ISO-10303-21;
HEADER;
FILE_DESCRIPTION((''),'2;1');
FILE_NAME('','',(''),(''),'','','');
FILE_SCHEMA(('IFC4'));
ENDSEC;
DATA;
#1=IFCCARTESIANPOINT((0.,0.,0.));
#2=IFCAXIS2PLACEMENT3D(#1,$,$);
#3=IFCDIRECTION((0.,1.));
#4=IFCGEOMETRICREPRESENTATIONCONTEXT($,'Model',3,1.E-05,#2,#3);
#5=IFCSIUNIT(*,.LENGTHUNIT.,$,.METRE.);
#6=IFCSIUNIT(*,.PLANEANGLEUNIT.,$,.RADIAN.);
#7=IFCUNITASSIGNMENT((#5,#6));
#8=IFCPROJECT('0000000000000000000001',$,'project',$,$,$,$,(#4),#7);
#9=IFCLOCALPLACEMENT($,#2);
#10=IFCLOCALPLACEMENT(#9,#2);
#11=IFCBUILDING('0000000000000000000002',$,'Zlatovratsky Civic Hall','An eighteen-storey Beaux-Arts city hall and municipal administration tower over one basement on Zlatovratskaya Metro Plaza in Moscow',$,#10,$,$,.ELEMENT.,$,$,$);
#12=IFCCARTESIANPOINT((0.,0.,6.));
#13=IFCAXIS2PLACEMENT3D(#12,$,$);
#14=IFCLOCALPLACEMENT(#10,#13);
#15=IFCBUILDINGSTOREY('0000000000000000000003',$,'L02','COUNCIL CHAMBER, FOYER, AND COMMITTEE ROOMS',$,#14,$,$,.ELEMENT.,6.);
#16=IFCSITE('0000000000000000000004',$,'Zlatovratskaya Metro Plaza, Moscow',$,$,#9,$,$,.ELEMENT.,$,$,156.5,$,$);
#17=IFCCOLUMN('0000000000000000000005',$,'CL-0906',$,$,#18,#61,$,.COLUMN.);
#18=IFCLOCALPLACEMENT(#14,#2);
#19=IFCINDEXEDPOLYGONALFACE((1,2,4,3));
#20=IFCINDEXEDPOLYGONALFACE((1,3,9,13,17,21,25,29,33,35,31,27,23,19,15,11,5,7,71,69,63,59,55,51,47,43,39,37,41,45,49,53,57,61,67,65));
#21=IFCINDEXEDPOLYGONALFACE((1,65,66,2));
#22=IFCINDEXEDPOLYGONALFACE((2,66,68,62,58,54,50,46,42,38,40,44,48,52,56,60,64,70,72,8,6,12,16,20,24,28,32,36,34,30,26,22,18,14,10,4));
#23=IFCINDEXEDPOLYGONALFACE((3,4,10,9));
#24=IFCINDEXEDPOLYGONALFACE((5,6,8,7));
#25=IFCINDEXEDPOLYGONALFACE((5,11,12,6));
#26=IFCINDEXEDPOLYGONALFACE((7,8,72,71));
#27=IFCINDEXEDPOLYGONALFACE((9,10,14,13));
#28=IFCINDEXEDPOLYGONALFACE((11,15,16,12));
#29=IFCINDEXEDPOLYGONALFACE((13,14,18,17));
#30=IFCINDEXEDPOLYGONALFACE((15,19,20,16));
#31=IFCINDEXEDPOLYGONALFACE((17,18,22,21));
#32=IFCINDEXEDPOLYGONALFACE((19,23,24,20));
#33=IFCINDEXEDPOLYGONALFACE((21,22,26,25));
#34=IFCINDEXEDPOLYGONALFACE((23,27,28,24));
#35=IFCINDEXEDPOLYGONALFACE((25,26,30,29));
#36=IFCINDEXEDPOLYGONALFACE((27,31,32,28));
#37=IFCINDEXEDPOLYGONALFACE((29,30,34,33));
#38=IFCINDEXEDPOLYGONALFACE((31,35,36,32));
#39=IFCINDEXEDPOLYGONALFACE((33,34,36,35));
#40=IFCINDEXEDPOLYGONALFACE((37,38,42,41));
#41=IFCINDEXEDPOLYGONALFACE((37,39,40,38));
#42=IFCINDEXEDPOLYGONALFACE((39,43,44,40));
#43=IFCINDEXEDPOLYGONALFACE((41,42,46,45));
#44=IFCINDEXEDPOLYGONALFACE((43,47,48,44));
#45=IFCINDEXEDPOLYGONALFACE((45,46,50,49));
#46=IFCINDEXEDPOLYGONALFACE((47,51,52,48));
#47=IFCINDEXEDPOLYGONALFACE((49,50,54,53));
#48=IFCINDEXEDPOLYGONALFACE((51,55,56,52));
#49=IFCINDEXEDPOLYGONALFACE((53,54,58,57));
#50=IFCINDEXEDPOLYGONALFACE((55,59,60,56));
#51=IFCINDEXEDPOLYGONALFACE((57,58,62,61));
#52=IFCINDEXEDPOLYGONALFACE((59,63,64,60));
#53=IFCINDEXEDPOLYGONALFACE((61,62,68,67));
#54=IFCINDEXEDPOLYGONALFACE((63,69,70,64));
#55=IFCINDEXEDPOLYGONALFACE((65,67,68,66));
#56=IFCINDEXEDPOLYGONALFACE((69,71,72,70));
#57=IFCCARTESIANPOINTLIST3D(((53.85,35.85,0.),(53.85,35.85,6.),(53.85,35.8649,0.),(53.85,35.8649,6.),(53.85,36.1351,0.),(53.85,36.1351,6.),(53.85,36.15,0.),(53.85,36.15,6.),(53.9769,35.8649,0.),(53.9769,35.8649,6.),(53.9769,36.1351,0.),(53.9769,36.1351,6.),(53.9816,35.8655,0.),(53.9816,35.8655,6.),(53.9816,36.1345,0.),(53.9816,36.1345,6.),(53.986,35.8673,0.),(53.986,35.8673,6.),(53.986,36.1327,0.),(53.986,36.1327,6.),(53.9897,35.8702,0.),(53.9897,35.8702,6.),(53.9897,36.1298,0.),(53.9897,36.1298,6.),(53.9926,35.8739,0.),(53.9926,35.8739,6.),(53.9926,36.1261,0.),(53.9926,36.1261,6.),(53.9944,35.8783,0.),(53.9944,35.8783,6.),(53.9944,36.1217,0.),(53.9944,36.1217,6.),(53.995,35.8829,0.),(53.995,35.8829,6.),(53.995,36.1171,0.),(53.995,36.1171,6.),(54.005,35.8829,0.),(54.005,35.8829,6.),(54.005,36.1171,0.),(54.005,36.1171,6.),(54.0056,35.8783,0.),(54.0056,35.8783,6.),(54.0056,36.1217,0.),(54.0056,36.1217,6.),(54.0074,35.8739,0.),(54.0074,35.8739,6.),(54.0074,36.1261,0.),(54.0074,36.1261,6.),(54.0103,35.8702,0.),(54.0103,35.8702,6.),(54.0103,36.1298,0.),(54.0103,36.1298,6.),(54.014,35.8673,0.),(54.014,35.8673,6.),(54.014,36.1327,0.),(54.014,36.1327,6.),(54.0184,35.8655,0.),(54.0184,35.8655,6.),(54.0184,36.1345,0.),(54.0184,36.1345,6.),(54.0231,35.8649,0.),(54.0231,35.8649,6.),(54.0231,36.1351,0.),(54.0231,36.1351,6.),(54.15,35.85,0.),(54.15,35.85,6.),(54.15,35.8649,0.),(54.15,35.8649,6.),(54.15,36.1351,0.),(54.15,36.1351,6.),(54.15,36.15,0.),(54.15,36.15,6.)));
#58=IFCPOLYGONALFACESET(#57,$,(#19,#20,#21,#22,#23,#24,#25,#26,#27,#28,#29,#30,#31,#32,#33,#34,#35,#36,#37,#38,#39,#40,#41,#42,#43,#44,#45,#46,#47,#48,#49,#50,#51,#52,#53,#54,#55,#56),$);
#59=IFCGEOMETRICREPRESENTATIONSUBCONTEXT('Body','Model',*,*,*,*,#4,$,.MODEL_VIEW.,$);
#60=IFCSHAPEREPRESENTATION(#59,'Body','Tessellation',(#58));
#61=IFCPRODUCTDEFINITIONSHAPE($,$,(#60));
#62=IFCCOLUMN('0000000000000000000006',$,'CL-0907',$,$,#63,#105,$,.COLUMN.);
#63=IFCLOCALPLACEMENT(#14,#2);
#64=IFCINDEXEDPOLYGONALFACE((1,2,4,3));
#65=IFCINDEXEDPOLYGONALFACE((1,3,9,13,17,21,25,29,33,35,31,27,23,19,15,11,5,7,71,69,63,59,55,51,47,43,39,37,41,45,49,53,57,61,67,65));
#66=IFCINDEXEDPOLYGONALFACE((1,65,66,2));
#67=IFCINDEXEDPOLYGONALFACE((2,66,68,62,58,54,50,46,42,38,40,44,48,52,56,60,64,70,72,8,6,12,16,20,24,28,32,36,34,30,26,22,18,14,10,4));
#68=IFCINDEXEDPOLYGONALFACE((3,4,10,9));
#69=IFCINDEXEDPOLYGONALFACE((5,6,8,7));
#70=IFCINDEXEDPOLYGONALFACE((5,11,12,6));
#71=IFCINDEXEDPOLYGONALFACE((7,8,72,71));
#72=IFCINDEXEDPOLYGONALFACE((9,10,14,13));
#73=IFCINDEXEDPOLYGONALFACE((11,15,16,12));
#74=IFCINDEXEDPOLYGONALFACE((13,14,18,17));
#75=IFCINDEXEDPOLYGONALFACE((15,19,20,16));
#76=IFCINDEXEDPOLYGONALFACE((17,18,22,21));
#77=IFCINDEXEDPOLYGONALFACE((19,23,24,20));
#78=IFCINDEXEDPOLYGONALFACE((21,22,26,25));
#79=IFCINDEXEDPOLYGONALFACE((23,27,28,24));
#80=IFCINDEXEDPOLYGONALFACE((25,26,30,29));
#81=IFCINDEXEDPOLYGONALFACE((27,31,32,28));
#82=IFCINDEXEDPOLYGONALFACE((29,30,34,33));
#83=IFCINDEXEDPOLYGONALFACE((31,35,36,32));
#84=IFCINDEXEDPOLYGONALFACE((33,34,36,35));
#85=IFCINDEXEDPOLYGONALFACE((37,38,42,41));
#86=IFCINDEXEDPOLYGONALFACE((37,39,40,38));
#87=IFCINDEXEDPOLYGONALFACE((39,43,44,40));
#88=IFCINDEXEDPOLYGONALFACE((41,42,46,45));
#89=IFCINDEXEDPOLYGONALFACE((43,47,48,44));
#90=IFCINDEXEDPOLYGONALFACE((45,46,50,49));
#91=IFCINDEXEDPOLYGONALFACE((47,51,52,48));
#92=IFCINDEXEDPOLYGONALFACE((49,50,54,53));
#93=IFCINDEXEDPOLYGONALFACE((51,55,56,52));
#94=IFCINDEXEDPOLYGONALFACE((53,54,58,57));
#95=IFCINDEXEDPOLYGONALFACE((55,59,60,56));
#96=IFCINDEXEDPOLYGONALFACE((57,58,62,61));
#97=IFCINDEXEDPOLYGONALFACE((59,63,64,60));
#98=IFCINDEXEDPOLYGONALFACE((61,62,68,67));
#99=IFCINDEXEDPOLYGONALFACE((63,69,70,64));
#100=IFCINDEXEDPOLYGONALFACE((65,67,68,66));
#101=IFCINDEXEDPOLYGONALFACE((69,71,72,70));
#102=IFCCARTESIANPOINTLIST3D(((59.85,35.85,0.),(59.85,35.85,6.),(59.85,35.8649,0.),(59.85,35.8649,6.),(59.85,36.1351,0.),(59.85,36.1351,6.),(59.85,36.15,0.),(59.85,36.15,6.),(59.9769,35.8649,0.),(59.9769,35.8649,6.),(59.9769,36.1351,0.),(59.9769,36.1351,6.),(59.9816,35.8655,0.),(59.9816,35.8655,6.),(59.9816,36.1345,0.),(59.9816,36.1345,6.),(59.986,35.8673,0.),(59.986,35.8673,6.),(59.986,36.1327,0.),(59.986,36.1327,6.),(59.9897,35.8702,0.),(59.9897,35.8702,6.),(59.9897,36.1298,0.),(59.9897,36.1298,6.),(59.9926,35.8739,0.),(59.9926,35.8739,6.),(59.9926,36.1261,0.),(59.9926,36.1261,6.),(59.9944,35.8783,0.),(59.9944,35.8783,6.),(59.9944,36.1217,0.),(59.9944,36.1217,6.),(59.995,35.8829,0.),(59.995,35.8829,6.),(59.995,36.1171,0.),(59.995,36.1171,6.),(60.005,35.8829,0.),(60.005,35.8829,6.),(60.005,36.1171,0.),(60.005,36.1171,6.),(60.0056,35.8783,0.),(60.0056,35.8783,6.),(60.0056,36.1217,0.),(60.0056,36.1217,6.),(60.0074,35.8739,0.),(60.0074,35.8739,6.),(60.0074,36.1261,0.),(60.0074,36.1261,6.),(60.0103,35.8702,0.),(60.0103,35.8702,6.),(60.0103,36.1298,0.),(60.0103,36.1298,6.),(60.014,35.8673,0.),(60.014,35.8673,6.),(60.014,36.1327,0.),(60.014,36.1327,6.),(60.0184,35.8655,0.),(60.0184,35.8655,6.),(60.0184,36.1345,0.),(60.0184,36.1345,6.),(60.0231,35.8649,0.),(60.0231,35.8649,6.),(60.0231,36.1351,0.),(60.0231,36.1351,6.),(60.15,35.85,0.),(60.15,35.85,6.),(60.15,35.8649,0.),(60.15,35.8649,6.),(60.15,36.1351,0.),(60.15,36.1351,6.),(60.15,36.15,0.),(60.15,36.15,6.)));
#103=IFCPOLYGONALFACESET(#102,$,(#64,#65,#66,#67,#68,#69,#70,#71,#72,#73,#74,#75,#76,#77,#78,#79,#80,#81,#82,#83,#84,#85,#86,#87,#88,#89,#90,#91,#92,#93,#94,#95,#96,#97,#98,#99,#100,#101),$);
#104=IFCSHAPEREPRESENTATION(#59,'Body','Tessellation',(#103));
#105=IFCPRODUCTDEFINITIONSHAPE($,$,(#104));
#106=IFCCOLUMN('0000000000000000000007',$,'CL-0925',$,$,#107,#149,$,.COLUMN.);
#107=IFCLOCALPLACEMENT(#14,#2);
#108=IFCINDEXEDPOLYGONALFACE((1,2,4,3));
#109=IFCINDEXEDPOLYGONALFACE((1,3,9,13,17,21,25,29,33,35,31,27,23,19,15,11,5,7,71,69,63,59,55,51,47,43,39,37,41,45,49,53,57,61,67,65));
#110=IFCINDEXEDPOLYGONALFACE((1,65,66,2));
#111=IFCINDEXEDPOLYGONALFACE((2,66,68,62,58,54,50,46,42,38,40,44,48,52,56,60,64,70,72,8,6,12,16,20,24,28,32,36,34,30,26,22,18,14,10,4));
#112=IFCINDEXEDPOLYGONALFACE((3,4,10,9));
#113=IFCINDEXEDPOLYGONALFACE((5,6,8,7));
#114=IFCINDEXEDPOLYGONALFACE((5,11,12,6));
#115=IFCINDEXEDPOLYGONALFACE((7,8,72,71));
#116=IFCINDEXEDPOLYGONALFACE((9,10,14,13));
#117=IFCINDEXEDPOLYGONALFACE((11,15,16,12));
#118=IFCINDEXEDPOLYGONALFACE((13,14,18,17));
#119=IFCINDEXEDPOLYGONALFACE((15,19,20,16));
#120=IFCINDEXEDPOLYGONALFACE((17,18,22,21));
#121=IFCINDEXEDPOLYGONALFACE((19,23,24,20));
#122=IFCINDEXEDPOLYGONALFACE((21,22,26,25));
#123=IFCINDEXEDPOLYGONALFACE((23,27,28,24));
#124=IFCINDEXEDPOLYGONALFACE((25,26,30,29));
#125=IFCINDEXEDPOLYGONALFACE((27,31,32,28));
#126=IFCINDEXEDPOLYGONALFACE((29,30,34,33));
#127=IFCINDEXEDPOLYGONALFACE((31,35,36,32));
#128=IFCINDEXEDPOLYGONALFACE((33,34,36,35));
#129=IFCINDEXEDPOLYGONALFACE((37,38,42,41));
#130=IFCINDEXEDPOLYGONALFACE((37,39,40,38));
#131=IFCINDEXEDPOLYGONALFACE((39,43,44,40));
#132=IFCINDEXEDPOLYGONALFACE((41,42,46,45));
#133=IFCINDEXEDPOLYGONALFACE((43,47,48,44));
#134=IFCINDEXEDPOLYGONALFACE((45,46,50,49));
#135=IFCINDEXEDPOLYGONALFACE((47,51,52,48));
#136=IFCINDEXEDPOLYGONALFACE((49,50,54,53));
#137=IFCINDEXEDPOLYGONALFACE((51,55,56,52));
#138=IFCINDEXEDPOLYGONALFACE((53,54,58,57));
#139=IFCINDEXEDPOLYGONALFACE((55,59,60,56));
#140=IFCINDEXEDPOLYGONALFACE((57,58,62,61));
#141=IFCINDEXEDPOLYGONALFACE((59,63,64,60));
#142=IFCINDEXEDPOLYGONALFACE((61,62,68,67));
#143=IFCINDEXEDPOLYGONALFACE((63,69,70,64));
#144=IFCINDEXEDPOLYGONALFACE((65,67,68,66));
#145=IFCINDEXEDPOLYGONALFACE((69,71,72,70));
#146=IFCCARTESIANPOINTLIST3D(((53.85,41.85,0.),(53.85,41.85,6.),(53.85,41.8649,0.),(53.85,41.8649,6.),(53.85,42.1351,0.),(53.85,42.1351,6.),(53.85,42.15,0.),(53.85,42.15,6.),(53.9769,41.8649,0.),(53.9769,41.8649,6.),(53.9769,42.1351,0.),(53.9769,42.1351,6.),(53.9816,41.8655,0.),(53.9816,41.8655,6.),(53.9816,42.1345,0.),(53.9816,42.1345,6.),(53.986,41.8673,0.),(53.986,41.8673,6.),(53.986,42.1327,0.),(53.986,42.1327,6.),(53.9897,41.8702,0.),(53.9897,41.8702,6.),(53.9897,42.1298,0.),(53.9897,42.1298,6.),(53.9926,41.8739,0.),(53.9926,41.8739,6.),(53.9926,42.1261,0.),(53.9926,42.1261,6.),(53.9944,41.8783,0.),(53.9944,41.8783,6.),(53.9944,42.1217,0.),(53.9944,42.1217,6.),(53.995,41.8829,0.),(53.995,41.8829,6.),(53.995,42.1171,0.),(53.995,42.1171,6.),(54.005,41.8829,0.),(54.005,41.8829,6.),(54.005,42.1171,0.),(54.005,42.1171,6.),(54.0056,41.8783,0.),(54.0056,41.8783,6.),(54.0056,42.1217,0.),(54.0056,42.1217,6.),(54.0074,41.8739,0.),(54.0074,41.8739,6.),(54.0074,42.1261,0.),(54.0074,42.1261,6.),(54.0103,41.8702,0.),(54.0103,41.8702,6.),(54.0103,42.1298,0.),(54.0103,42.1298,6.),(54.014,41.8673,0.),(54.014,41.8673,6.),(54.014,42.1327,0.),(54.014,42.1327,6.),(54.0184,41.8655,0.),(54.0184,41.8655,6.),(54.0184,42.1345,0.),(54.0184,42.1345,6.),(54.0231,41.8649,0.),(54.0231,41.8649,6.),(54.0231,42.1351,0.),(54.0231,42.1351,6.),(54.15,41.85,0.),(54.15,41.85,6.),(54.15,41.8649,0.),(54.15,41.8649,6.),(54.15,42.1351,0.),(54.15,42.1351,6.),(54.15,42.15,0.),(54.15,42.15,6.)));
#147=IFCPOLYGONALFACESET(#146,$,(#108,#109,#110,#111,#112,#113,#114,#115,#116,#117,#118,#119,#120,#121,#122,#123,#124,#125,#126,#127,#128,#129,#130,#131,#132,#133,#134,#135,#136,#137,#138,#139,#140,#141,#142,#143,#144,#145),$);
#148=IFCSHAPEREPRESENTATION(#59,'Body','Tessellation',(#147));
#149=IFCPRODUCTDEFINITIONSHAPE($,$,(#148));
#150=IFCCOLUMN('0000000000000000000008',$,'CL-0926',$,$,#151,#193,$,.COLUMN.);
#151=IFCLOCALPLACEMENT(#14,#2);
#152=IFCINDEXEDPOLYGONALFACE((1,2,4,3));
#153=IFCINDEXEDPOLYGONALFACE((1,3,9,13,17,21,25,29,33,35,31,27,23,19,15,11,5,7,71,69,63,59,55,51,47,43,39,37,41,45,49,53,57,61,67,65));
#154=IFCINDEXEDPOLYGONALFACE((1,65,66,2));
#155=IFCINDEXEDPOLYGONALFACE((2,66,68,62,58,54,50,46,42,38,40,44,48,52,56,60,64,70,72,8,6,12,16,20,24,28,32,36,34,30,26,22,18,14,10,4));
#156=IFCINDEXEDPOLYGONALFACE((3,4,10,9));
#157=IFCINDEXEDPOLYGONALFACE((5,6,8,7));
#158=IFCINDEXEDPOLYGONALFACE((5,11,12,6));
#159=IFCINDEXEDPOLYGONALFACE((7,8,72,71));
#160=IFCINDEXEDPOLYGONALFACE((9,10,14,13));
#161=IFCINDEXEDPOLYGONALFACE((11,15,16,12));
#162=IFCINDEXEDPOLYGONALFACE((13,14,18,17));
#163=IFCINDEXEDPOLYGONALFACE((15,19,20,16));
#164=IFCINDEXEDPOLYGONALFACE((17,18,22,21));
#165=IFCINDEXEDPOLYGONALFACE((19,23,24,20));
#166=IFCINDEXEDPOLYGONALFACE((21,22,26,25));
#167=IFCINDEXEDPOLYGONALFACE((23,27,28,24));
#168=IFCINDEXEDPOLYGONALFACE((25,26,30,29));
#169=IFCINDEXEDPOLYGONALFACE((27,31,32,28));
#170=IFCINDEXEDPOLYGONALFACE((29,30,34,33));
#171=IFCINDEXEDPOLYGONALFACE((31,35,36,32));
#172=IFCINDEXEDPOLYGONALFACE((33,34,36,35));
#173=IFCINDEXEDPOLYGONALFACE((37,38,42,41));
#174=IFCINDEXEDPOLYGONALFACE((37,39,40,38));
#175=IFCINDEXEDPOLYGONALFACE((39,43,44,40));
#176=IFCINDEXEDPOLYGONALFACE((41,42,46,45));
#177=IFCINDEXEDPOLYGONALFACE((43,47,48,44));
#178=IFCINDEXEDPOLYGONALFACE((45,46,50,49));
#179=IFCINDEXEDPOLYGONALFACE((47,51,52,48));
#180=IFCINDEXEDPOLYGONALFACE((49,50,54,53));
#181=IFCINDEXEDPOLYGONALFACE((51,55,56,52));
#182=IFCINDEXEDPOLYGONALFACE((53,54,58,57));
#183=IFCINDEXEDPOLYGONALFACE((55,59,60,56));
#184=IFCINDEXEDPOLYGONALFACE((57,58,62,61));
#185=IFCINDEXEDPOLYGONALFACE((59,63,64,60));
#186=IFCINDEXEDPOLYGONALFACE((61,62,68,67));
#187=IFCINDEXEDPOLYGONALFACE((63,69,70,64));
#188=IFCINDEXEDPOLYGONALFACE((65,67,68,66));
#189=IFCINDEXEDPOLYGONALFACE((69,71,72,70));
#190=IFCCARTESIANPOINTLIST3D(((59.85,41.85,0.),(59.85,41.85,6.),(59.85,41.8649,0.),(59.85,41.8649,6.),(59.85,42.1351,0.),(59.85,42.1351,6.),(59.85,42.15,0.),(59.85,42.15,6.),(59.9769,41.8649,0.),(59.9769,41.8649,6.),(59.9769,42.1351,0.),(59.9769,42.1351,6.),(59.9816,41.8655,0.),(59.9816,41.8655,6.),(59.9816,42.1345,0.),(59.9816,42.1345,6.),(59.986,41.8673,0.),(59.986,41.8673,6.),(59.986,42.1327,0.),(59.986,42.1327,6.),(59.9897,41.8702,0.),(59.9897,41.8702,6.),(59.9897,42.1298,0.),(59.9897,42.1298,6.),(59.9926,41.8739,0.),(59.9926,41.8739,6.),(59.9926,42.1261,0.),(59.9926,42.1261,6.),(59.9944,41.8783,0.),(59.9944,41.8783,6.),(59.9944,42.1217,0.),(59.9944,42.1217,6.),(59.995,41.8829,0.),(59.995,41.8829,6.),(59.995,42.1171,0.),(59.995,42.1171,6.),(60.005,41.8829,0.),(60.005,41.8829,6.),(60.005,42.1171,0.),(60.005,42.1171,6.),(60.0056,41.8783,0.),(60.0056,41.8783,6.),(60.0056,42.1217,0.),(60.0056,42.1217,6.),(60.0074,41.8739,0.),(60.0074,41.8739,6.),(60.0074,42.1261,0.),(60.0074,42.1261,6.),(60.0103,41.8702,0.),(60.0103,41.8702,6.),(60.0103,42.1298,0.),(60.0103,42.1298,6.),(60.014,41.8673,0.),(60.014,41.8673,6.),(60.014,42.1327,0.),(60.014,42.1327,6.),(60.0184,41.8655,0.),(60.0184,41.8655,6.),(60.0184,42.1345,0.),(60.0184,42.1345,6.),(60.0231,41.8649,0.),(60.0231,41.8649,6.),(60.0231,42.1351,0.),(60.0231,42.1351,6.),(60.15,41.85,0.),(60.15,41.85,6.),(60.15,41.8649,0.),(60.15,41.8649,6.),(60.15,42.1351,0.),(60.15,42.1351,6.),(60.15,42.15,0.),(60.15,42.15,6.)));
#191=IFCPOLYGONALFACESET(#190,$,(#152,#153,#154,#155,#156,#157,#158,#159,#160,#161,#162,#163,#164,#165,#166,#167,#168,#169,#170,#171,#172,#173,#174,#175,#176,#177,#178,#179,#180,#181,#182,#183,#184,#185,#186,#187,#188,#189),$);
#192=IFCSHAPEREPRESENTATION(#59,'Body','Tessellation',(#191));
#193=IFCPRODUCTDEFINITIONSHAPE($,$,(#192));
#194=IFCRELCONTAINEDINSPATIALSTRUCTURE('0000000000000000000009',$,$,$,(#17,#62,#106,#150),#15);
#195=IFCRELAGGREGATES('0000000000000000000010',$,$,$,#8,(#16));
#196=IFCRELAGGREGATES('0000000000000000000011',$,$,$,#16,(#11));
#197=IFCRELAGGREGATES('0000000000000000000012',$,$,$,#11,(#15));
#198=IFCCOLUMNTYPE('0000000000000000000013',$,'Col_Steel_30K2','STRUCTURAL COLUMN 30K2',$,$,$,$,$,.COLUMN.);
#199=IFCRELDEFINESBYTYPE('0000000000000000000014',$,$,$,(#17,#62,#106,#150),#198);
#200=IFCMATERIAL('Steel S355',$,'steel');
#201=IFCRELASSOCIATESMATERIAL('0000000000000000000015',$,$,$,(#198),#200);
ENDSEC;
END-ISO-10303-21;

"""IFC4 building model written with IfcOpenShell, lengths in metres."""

from ifc_helpers import new_model, si_unit, direction, frame, origin, origin_2d, place, context, subcontext, project, spatial, i_section, extrude, material, material_profile, profile_set, type_object, element, save


model = new_model("IFC4")

# Units and contexts
model_context = context("Model", 3, precision=1e-05, world=origin(), true_north=direction((0.0, 1.0)))
body_context = subcontext(model_context, "Body", "Model", "MODEL_VIEW")
ifc_project = project(units=[si_unit("LENGTHUNIT", "METRE"), si_unit("PLANEANGLEUNIT", "RADIAN")], contexts=[model_context])

# Site, building, storey
site_placement = place(None, origin())
site = spatial("IfcSite", under=ifc_project, at=site_placement, Name="Zlatovratskaya Metro Plaza, Moscow", CompositionType="ELEMENT", RefElevation=156.5)
building_placement = place(site_placement, origin())
building = spatial("IfcBuilding", under=site, at=building_placement, Name="Zlatovratsky Civic Hall", Description="An eighteen-storey Beaux-Arts city hall and municipal administration tower over one basement on Zlatovratskaya Metro Plaza in Moscow", CompositionType="ELEMENT")
storey_placement = place(building_placement, frame((0.0, 0.0, 6.0)))
storey = spatial("IfcBuildingStorey", under=building, at=storey_placement, Name="L02", Description="COUNCIL CHAMBER, FOYER, AND COMMITTEE ROOMS", CompositionType="ELEMENT", Elevation=6.0)

# Columns
ifc_material_1 = material(Name="Steel S355", Category="steel")
ifc_material_profile_1 = material_profile(ifc_material_1, i_section(OverallWidth=0.3, OverallDepth=0.3, WebThickness=0.01, FlangeThickness=0.0149, FilletRadius=0.0181, at=origin_2d()), Name="30K2")
ifc_profile_set_1 = profile_set([ifc_material_profile_1], Name="Steel S355")
column_type = type_object("IfcColumnType", Name="Col_Steel_30K2", Description="STRUCTURAL COLUMN 30K2", PredefinedType="COLUMN", material=ifc_profile_set_1)
for number, where, z_axis, x_axis, name in (
    (1, (54.0, 36.0, 0.0), (0.0, 0.0, 1.0), (1.0, 0.0, 0.0), "CL-0906"),
    (2, (60.0, 36.0, 0.0), (0.0, 0.0, 1.0), (1.0, 0.0, 0.0), "CL-0907"),
    (3, (54.0, 42.0, 0.0), (0.0, 0.0, 1.0), (1.0, 0.0, 0.0), "CL-0925"),
    (4, (60.0, 42.0, 0.0), (0.0, 0.0, 1.0), (1.0, 0.0, 0.0), "CL-0926"),
):
    element("IfcColumn", number, at=place(storey_placement, frame(where, z_axis=z_axis, x_axis=x_axis)), inside=storey, type_object=column_type, Name=name, PredefinedType="COLUMN", context=body_context, shape_type="SweptSolid", body=[
        extrude(i_section(OverallWidth=0.3, OverallDepth=0.3, WebThickness=0.01, FlangeThickness=0.0149, FilletRadius=0.0181, at=origin_2d()), origin(), (0.0, 0.0, 1.0), 6.0),
    ])

save(model, "model.ifc")
